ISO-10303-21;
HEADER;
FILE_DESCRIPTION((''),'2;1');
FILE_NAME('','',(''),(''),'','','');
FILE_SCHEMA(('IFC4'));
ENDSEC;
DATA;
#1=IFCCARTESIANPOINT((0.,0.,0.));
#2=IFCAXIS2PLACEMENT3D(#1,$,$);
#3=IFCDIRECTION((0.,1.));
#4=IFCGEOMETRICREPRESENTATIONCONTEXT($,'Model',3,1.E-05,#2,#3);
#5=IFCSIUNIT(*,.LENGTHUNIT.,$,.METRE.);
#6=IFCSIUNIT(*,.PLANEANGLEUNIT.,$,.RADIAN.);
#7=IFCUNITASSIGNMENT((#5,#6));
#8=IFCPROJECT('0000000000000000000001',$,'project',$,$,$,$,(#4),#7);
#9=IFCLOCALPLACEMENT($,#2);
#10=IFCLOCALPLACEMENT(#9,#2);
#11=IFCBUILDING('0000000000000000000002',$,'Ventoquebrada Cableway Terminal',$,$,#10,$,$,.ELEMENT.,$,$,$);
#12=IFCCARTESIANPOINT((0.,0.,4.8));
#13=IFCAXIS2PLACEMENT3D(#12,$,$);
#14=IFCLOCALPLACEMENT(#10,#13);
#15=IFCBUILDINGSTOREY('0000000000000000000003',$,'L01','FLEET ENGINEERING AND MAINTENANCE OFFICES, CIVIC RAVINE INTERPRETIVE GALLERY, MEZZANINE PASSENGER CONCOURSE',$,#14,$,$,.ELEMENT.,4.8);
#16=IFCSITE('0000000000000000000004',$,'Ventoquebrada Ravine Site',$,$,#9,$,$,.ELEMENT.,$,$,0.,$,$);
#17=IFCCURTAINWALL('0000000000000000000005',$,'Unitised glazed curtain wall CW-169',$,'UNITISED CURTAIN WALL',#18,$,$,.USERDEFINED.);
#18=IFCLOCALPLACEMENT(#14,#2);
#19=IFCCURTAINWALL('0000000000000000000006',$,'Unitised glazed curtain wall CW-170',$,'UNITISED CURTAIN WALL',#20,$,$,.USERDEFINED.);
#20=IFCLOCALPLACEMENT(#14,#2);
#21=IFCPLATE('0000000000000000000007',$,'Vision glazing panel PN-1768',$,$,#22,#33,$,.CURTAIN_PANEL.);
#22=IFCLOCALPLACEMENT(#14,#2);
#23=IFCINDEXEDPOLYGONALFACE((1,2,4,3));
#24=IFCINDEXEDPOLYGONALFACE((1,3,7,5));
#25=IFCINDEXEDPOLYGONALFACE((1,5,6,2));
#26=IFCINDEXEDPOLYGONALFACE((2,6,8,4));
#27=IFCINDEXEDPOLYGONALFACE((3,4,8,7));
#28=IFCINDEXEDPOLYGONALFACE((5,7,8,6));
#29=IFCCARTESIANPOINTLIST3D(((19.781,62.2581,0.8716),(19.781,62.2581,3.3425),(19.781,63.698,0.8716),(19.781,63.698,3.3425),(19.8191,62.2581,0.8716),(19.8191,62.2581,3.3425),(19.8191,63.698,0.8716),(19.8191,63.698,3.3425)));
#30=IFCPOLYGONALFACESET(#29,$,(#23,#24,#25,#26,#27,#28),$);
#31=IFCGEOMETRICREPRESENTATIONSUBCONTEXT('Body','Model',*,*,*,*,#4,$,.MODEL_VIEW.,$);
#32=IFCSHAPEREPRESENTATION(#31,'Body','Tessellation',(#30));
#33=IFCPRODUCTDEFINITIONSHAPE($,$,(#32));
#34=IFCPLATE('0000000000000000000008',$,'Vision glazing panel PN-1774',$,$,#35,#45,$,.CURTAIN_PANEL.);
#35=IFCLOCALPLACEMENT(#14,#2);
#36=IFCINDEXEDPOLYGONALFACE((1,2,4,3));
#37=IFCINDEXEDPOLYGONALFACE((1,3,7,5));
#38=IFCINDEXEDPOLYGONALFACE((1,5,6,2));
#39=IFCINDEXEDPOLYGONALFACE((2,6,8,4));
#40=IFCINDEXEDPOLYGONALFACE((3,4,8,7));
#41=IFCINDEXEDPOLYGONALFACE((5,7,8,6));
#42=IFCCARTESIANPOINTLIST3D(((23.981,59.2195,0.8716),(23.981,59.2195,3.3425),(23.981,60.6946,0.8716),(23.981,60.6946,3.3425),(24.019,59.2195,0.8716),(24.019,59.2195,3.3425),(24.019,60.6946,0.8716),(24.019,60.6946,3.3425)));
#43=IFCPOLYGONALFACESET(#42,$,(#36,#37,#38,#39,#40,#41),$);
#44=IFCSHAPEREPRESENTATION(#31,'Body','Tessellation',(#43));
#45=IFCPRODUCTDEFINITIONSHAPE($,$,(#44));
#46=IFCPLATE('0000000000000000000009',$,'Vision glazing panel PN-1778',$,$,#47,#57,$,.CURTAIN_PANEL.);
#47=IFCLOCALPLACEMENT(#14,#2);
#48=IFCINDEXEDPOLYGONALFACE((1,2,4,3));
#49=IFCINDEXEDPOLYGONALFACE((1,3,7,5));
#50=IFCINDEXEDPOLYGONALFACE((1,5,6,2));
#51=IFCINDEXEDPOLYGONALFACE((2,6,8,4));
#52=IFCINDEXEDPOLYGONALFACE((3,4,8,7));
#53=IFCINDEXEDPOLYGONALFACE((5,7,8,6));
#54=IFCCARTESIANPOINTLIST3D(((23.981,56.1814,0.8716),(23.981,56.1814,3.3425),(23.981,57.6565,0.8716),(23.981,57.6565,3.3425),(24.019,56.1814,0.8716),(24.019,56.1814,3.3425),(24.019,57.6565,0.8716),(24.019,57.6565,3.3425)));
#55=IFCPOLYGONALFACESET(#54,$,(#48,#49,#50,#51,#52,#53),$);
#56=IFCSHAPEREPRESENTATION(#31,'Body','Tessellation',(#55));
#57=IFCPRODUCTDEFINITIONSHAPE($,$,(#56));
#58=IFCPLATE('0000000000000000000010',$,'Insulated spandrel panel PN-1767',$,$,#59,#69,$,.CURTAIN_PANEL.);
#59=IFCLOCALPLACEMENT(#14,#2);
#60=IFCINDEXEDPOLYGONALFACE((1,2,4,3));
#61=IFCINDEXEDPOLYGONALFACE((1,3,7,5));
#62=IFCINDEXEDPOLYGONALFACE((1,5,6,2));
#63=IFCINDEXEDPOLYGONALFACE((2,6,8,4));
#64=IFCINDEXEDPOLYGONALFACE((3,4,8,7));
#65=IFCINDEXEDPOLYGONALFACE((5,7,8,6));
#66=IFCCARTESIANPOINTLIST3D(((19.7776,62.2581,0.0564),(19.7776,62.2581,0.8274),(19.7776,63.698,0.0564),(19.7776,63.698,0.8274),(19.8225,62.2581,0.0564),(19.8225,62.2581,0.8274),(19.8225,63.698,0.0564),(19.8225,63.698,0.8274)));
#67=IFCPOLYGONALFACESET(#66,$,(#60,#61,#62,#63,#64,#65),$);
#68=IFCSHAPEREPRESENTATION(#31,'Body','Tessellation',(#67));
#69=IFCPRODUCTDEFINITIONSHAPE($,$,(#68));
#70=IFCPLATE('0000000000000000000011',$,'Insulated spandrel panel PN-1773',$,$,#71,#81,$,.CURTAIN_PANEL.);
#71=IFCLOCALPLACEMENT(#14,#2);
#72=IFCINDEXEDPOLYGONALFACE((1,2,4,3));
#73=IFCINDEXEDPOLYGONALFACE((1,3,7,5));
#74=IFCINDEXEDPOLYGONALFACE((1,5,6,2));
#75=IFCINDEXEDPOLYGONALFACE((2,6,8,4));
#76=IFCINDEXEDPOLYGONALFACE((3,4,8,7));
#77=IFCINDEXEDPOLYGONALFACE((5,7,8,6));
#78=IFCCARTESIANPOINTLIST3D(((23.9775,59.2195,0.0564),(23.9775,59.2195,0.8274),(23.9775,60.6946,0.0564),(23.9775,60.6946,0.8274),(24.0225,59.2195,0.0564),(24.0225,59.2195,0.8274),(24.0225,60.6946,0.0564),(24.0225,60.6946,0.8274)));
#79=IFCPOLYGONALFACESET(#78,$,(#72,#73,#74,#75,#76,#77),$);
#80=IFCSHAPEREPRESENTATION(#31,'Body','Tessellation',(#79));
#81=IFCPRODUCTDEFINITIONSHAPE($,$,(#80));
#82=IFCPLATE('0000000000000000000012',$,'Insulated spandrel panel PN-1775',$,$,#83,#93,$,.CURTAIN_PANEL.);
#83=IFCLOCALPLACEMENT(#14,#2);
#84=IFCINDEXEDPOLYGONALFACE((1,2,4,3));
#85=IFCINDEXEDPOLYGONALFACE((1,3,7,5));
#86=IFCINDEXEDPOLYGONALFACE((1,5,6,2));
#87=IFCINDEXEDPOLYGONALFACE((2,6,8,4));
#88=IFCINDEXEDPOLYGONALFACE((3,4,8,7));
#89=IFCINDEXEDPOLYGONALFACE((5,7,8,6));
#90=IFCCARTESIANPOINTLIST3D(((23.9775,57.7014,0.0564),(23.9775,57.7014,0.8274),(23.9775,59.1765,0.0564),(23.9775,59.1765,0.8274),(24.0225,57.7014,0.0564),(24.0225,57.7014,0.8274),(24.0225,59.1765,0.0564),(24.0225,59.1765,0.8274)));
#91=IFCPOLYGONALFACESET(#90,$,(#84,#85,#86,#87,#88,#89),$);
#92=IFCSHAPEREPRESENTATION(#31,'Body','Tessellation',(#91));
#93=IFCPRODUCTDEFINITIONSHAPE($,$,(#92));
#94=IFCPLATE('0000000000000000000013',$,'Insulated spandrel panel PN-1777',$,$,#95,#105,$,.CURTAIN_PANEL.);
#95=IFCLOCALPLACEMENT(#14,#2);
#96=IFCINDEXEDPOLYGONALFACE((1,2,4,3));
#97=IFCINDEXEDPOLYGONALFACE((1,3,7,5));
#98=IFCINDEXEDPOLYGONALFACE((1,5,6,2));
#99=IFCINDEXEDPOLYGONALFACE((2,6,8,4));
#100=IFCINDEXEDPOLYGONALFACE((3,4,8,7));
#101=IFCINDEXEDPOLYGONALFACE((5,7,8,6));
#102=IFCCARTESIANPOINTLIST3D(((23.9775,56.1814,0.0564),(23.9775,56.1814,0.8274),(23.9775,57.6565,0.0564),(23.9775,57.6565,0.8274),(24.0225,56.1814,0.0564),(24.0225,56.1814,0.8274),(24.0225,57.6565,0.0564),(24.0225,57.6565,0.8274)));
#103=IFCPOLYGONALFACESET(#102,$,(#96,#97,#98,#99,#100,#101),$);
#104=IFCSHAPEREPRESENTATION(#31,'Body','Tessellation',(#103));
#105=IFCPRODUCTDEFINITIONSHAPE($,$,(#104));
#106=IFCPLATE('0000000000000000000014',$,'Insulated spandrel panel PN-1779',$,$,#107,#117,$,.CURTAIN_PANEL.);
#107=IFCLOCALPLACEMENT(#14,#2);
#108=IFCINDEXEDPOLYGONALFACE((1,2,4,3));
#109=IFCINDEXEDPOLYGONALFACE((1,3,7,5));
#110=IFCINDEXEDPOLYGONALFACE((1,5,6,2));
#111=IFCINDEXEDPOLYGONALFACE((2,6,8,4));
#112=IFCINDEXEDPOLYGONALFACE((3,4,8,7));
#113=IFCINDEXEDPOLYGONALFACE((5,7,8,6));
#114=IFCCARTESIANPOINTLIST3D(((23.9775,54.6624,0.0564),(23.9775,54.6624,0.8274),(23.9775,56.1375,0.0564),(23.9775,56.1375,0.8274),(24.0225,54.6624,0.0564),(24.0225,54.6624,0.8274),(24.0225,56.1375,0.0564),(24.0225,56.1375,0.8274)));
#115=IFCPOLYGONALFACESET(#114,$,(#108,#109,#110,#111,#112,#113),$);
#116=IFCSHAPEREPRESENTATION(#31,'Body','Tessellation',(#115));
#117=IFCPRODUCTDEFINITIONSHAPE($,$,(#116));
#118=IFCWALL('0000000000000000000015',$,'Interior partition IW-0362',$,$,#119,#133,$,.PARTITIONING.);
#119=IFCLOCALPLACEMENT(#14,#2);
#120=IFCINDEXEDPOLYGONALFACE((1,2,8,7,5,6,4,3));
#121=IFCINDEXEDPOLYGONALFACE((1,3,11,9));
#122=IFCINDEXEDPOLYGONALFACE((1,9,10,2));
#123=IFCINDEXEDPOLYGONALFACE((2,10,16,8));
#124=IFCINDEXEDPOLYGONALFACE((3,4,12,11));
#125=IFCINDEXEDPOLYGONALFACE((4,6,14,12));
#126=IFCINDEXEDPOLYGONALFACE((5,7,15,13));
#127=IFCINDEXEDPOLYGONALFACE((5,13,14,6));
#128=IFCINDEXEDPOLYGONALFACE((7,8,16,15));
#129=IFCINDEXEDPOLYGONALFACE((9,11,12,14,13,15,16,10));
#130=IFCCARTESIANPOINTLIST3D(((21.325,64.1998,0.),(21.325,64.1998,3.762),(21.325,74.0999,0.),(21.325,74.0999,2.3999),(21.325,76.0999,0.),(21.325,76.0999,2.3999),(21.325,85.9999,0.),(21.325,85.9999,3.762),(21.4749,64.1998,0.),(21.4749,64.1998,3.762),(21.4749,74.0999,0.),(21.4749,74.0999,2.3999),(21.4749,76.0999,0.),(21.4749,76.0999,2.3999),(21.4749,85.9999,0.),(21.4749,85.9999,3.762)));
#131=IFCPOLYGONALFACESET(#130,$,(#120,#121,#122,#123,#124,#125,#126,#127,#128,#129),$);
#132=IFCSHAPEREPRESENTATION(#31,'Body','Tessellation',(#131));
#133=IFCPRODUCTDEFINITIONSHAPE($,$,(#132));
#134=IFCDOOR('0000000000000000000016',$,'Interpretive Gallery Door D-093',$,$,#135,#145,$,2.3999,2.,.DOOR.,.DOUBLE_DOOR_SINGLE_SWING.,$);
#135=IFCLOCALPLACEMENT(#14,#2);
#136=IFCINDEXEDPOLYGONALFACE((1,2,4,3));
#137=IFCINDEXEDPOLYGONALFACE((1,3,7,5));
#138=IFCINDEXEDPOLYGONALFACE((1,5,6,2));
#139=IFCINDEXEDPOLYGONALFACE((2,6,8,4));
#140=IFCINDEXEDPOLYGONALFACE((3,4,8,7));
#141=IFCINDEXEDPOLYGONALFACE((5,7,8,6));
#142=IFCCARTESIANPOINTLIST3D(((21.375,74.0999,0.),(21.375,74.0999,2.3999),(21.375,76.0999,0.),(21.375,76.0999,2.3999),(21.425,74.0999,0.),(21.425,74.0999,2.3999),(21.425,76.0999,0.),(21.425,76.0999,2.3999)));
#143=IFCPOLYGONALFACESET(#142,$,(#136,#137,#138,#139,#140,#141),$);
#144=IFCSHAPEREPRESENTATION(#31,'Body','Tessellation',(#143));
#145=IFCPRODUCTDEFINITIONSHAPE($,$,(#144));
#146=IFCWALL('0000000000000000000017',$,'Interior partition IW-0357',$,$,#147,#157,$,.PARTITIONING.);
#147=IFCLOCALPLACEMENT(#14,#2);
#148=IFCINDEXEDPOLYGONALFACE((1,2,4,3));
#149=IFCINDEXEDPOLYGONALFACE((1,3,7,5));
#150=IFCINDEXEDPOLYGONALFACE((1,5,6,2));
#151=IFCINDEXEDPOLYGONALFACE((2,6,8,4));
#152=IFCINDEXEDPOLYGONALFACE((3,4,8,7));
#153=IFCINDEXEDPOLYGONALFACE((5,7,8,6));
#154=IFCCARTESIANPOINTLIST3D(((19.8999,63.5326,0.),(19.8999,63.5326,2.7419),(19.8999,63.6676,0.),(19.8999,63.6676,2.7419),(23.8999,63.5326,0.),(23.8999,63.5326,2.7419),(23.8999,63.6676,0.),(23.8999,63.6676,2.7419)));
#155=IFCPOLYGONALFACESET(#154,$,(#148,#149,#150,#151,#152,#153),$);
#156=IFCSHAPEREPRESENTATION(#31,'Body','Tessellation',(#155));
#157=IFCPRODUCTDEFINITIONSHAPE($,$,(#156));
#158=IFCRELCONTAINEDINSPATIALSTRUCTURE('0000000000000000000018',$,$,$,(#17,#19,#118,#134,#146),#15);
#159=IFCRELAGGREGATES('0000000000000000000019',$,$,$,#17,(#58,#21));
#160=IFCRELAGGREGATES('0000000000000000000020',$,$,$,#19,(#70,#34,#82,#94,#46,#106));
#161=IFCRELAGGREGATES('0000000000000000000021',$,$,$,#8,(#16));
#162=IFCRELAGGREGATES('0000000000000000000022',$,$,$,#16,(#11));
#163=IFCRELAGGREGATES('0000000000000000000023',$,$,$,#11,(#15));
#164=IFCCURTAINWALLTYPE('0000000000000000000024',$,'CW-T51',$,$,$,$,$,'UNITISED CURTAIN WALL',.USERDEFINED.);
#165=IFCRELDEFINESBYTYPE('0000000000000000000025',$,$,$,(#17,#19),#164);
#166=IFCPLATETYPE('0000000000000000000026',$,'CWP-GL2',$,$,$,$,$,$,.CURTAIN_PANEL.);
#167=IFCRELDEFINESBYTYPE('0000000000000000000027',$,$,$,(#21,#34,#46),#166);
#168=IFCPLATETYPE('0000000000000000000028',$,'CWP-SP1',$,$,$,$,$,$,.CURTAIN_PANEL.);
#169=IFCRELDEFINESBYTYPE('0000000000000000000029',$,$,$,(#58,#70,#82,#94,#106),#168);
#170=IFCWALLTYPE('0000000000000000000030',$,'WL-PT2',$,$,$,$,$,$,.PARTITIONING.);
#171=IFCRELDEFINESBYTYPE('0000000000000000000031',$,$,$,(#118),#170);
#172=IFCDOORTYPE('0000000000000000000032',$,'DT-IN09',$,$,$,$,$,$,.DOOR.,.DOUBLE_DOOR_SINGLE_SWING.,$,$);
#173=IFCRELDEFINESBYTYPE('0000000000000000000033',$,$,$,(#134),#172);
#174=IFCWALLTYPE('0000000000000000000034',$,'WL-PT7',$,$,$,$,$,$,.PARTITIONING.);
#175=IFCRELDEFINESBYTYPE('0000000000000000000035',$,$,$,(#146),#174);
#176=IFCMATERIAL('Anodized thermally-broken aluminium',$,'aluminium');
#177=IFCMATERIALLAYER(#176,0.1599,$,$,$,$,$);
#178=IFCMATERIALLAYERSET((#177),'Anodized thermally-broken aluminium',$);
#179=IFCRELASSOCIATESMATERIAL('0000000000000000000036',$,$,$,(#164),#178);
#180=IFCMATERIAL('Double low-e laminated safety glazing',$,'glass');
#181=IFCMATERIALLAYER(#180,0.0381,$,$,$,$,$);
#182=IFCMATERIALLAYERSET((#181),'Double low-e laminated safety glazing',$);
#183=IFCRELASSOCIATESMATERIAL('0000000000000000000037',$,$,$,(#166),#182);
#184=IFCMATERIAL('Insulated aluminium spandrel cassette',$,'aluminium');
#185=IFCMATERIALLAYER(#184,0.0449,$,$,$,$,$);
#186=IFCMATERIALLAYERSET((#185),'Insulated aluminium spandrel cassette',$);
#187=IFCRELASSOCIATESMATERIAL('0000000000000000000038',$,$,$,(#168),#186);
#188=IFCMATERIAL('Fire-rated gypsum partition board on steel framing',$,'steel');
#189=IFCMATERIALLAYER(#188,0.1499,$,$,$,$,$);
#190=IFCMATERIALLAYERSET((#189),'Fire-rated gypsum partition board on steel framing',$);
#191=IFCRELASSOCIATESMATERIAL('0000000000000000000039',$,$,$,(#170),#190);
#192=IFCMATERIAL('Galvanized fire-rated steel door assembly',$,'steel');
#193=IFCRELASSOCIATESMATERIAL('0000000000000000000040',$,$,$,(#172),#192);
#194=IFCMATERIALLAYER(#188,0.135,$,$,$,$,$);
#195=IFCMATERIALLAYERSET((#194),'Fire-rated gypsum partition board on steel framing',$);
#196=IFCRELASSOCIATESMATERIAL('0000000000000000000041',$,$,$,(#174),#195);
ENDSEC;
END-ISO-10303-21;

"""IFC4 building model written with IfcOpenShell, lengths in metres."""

from ifc_helpers import new_model, si_unit, direction, frame, frame_2d, origin, origin_2d, place, context, subcontext, project, spatial, rectangle, extrude, material, layer, layer_set, type_object, element, fill, aggregate, save


model = new_model("IFC4")

# Units and contexts
model_context = context("Model", 3, precision=1e-05, world=origin(), true_north=direction((0.0, 1.0)))
body_context = subcontext(model_context, "Body", "Model", "MODEL_VIEW")
ifc_project = project(units=[si_unit("LENGTHUNIT", "METRE"), si_unit("PLANEANGLEUNIT", "RADIAN")], contexts=[model_context])

# Site, building, storey
site_placement = place(None, origin())
site = spatial("IfcSite", under=ifc_project, at=site_placement, Name="Ventoquebrada Ravine Site", CompositionType="ELEMENT", RefElevation=0.0)
building_placement = place(site_placement, origin())
building = spatial("IfcBuilding", under=site, at=building_placement, Name="Ventoquebrada Cableway Terminal", CompositionType="ELEMENT")
storey_placement = place(building_placement, frame((0.0, 0.0, 4.8)))
storey = spatial("IfcBuildingStorey", under=building, at=storey_placement, Name="L01", Description="FLEET ENGINEERING AND MAINTENANCE OFFICES, CIVIC RAVINE INTERPRETIVE GALLERY, MEZZANINE PASSENGER CONCOURSE", CompositionType="ELEMENT", Elevation=4.8)

# Curtain walls
ifc_material_1 = material(Name="Anodized thermally-broken aluminium", Category="aluminium")
ifc_layer_1 = layer(ifc_material_1, 0.1599)
ifc_layer_set_1 = layer_set([ifc_layer_1], Name="Anodized thermally-broken aluminium")
curtain_wall_type = type_object("IfcCurtainWallType", Name="CW-T51", ElementType="UNITISED CURTAIN WALL", PredefinedType="USERDEFINED", material=ifc_layer_set_1)
curtain_wall_1_placement = place(storey_placement, origin())
curtain_wall_1 = element("IfcCurtainWall", 1, at=curtain_wall_1_placement, inside=storey, type_object=curtain_wall_type, Name="Unitised glazed curtain wall CW-169", ObjectType="UNITISED CURTAIN WALL", PredefinedType="USERDEFINED")
curtain_wall_2_placement = place(storey_placement, origin())
curtain_wall_2 = element("IfcCurtainWall", 2, at=curtain_wall_2_placement, inside=storey, type_object=curtain_wall_type, Name="Unitised glazed curtain wall CW-170", ObjectType="UNITISED CURTAIN WALL", PredefinedType="USERDEFINED")

# Plates
ifc_material_2 = material(Name="Double low-e laminated safety glazing", Category="glass")
ifc_layer_2 = layer(ifc_material_2, 0.0381)
ifc_layer_set_2 = layer_set([ifc_layer_2], Name="Double low-e laminated safety glazing")
plate_type_1 = type_object("IfcPlateType", Name="CWP-GL2", PredefinedType="CURTAIN_PANEL", material=ifc_layer_set_2)
plate_1_placement = place(storey_placement, frame((19.8, 62.978, 0.8716), z_axis=(0.0, 0.0, 1.0), x_axis=(0.0, 1.0, 0.0)))
plate_1 = element("IfcPlate", 3, at=plate_1_placement, type_object=plate_type_1, Name="Vision glazing panel PN-1768", PredefinedType="CURTAIN_PANEL", context=body_context, shape_type="SweptSolid", body=[
    extrude(rectangle(XDim=1.4399, YDim=0.0381, at=origin_2d()), origin(), (0.0, 0.0, 1.0), 2.4709),
])
plate_2_placement = place(storey_placement, frame((24.0, 59.957, 0.8716), z_axis=(0.0, 0.0, 1.0), x_axis=(0.0, -1.0, 0.0)))
plate_2 = element("IfcPlate", 4, at=plate_2_placement, type_object=plate_type_1, Name="Vision glazing panel PN-1774", PredefinedType="CURTAIN_PANEL", context=body_context, shape_type="SweptSolid", body=[
    extrude(rectangle(XDim=1.4751, YDim=0.0381, at=origin_2d()), origin(), (0.0, 0.0, 1.0), 2.4709),
])
plate_3_placement = place(storey_placement, frame((24.0, 56.9189, 0.8716), z_axis=(0.0, 0.0, 1.0), x_axis=(0.0, -1.0, 0.0)))
plate_3 = element("IfcPlate", 5, at=plate_3_placement, type_object=plate_type_1, Name="Vision glazing panel PN-1778", PredefinedType="CURTAIN_PANEL", context=body_context, shape_type="SweptSolid", body=[
    extrude(rectangle(XDim=1.4751, YDim=0.0381, at=origin_2d()), origin(), (0.0, 0.0, 1.0), 2.4709),
])
ifc_material_3 = material(Name="Insulated aluminium spandrel cassette", Category="aluminium")
ifc_layer_3 = layer(ifc_material_3, 0.0449)
ifc_layer_set_3 = layer_set([ifc_layer_3], Name="Insulated aluminium spandrel cassette")
plate_type_2 = type_object("IfcPlateType", Name="CWP-SP1", PredefinedType="CURTAIN_PANEL", material=ifc_layer_set_3)
plate_4_placement = place(storey_placement, frame((19.8, 62.978, 0.0564), z_axis=(0.0, 0.0, 1.0), x_axis=(0.0, 1.0, 0.0)))
plate_4 = element("IfcPlate", 6, at=plate_4_placement, type_object=plate_type_2, Name="Insulated spandrel panel PN-1767", PredefinedType="CURTAIN_PANEL", context=body_context, shape_type="SweptSolid", body=[
    extrude(rectangle(XDim=1.4399, YDim=0.0449, at=origin_2d()), origin(), (0.0, 0.0, 1.0), 0.771),
])
aggregate(curtain_wall_1, [plate_4, plate_1])
plate_5_placement = place(storey_placement, frame((24.0, 59.957, 0.0564), z_axis=(0.0, 0.0, 1.0), x_axis=(0.0, -1.0, 0.0)))
plate_5 = element("IfcPlate", 7, at=plate_5_placement, type_object=plate_type_2, Name="Insulated spandrel panel PN-1773", PredefinedType="CURTAIN_PANEL", context=body_context, shape_type="SweptSolid", body=[
    extrude(rectangle(XDim=1.4751, YDim=0.0449, at=origin_2d()), origin(), (0.0, 0.0, 1.0), 0.771),
])
plate_6_placement = place(storey_placement, frame((24.0, 58.439, 0.0564), z_axis=(0.0, 0.0, 1.0), x_axis=(0.0, -1.0, 0.0)))
plate_6 = element("IfcPlate", 8, at=plate_6_placement, type_object=plate_type_2, Name="Insulated spandrel panel PN-1775", PredefinedType="CURTAIN_PANEL", context=body_context, shape_type="SweptSolid", body=[
    extrude(rectangle(XDim=1.4751, YDim=0.0449, at=origin_2d()), origin(), (0.0, 0.0, 1.0), 0.771),
])
plate_7_placement = place(storey_placement, frame((24.0, 56.9189, 0.0564), z_axis=(0.0, 0.0, 1.0), x_axis=(0.0, -1.0, 0.0)))
plate_7 = element("IfcPlate", 9, at=plate_7_placement, type_object=plate_type_2, Name="Insulated spandrel panel PN-1777", PredefinedType="CURTAIN_PANEL", context=body_context, shape_type="SweptSolid", body=[
    extrude(rectangle(XDim=1.4751, YDim=0.0449, at=origin_2d()), origin(), (0.0, 0.0, 1.0), 0.771),
])
plate_8_placement = place(storey_placement, frame((24.0, 55.3999, 0.0564), z_axis=(0.0, 0.0, 1.0), x_axis=(0.0, -1.0, 0.0)))
plate_8 = element("IfcPlate", 10, at=plate_8_placement, type_object=plate_type_2, Name="Insulated spandrel panel PN-1779", PredefinedType="CURTAIN_PANEL", context=body_context, shape_type="SweptSolid", body=[
    extrude(rectangle(XDim=1.4751, YDim=0.0449, at=origin_2d()), origin(), (0.0, 0.0, 1.0), 0.771),
])
aggregate(curtain_wall_2, [plate_5, plate_2, plate_6, plate_7, plate_3, plate_8])

# Wall, opening, door
ifc_material_4 = material(Name="Fire-rated gypsum partition board on steel framing", Category="steel")
ifc_layer_4 = layer(ifc_material_4, 0.1499)
ifc_layer_set_4 = layer_set([ifc_layer_4], Name="Fire-rated gypsum partition board on steel framing")
wall_type_1 = type_object("IfcWallType", Name="WL-PT2", PredefinedType="PARTITIONING", material=ifc_layer_set_4)
wall_1_placement = place(storey_placement, frame((21.3999, 64.2, 0.0), z_axis=(0.0, 0.0, 1.0), x_axis=(0.0, 1.0, 0.0)))
wall_1 = element("IfcWall", 11, at=wall_1_placement, inside=storey, type_object=wall_type_1, Name="Interior partition IW-0362", PredefinedType="PARTITIONING", context=body_context, shape_type="SweptSolid", body=[
    extrude(rectangle(XDim=21.8, YDim=0.1499, at=frame_2d((10.8999, 0.0))), origin(), (0.0, 0.0, 1.0), 3.762),
])
opening_placement = place(wall_1_placement, frame((9.8999, 0.0, 0.0)))
opening = element("IfcOpeningElement", 12, at=opening_placement, cuts=wall_1, PredefinedType="OPENING", context=body_context, shape_type="SweptSolid", body=[
    extrude(rectangle(XDim=2.0, YDim=2.3999, at=frame_2d((1.0, 1.2))), frame((0.0, 0.085, 0.0), z_axis=(0.0, -1.0, 0.0), x_axis=(1.0, 0.0, 0.0)), (0.0, 0.0, 1.0), 0.1699),
])
ifc_material_5 = material(Name="Galvanized fire-rated steel door assembly", Category="steel")
door_type = type_object("IfcDoorType", Name="DT-IN09", OperationType="DOUBLE_DOOR_SINGLE_SWING", PredefinedType="DOOR", material=ifc_material_5)
door_placement = place(opening_placement, origin())
door = element("IfcDoor", 13, at=door_placement, inside=storey, type_object=door_type, Name="Interpretive Gallery Door D-093", OperationType="DOUBLE_DOOR_SINGLE_SWING", OverallHeight=2.3999, OverallWidth=2.0, PredefinedType="DOOR", context=body_context, shape_type="SweptSolid", body=[
    extrude(rectangle(XDim=2.0, YDim=2.3999, at=frame_2d((1.0, 1.2))), frame((0.0, 0.0249, 0.0), z_axis=(0.0, -1.0, 0.0), x_axis=(1.0, 0.0, 0.0)), (0.0, 0.0, 1.0), 0.05),
])
fill(opening, door)

# Wall
ifc_layer_5 = layer(ifc_material_4, 0.135)
ifc_layer_set_5 = layer_set([ifc_layer_5], Name="Fire-rated gypsum partition board on steel framing")
wall_type_2 = type_object("IfcWallType", Name="WL-PT7", PredefinedType="PARTITIONING", material=ifc_layer_set_5)
wall_2_placement = place(storey_placement, frame((19.8999, 63.6001, 0.0), z_axis=(0.0, 0.0, 1.0), x_axis=(1.0, 0.0, 0.0)))
element("IfcWall", 14, at=wall_2_placement, inside=storey, type_object=wall_type_2, Name="Interior partition IW-0357", PredefinedType="PARTITIONING", context=body_context, shape_type="SweptSolid", body=[
    extrude(rectangle(XDim=4.0, YDim=0.135, at=frame_2d((2.0, 0.0))), origin(), (0.0, 0.0, 1.0), 2.7419),
])

save(model, "model.ifc")
